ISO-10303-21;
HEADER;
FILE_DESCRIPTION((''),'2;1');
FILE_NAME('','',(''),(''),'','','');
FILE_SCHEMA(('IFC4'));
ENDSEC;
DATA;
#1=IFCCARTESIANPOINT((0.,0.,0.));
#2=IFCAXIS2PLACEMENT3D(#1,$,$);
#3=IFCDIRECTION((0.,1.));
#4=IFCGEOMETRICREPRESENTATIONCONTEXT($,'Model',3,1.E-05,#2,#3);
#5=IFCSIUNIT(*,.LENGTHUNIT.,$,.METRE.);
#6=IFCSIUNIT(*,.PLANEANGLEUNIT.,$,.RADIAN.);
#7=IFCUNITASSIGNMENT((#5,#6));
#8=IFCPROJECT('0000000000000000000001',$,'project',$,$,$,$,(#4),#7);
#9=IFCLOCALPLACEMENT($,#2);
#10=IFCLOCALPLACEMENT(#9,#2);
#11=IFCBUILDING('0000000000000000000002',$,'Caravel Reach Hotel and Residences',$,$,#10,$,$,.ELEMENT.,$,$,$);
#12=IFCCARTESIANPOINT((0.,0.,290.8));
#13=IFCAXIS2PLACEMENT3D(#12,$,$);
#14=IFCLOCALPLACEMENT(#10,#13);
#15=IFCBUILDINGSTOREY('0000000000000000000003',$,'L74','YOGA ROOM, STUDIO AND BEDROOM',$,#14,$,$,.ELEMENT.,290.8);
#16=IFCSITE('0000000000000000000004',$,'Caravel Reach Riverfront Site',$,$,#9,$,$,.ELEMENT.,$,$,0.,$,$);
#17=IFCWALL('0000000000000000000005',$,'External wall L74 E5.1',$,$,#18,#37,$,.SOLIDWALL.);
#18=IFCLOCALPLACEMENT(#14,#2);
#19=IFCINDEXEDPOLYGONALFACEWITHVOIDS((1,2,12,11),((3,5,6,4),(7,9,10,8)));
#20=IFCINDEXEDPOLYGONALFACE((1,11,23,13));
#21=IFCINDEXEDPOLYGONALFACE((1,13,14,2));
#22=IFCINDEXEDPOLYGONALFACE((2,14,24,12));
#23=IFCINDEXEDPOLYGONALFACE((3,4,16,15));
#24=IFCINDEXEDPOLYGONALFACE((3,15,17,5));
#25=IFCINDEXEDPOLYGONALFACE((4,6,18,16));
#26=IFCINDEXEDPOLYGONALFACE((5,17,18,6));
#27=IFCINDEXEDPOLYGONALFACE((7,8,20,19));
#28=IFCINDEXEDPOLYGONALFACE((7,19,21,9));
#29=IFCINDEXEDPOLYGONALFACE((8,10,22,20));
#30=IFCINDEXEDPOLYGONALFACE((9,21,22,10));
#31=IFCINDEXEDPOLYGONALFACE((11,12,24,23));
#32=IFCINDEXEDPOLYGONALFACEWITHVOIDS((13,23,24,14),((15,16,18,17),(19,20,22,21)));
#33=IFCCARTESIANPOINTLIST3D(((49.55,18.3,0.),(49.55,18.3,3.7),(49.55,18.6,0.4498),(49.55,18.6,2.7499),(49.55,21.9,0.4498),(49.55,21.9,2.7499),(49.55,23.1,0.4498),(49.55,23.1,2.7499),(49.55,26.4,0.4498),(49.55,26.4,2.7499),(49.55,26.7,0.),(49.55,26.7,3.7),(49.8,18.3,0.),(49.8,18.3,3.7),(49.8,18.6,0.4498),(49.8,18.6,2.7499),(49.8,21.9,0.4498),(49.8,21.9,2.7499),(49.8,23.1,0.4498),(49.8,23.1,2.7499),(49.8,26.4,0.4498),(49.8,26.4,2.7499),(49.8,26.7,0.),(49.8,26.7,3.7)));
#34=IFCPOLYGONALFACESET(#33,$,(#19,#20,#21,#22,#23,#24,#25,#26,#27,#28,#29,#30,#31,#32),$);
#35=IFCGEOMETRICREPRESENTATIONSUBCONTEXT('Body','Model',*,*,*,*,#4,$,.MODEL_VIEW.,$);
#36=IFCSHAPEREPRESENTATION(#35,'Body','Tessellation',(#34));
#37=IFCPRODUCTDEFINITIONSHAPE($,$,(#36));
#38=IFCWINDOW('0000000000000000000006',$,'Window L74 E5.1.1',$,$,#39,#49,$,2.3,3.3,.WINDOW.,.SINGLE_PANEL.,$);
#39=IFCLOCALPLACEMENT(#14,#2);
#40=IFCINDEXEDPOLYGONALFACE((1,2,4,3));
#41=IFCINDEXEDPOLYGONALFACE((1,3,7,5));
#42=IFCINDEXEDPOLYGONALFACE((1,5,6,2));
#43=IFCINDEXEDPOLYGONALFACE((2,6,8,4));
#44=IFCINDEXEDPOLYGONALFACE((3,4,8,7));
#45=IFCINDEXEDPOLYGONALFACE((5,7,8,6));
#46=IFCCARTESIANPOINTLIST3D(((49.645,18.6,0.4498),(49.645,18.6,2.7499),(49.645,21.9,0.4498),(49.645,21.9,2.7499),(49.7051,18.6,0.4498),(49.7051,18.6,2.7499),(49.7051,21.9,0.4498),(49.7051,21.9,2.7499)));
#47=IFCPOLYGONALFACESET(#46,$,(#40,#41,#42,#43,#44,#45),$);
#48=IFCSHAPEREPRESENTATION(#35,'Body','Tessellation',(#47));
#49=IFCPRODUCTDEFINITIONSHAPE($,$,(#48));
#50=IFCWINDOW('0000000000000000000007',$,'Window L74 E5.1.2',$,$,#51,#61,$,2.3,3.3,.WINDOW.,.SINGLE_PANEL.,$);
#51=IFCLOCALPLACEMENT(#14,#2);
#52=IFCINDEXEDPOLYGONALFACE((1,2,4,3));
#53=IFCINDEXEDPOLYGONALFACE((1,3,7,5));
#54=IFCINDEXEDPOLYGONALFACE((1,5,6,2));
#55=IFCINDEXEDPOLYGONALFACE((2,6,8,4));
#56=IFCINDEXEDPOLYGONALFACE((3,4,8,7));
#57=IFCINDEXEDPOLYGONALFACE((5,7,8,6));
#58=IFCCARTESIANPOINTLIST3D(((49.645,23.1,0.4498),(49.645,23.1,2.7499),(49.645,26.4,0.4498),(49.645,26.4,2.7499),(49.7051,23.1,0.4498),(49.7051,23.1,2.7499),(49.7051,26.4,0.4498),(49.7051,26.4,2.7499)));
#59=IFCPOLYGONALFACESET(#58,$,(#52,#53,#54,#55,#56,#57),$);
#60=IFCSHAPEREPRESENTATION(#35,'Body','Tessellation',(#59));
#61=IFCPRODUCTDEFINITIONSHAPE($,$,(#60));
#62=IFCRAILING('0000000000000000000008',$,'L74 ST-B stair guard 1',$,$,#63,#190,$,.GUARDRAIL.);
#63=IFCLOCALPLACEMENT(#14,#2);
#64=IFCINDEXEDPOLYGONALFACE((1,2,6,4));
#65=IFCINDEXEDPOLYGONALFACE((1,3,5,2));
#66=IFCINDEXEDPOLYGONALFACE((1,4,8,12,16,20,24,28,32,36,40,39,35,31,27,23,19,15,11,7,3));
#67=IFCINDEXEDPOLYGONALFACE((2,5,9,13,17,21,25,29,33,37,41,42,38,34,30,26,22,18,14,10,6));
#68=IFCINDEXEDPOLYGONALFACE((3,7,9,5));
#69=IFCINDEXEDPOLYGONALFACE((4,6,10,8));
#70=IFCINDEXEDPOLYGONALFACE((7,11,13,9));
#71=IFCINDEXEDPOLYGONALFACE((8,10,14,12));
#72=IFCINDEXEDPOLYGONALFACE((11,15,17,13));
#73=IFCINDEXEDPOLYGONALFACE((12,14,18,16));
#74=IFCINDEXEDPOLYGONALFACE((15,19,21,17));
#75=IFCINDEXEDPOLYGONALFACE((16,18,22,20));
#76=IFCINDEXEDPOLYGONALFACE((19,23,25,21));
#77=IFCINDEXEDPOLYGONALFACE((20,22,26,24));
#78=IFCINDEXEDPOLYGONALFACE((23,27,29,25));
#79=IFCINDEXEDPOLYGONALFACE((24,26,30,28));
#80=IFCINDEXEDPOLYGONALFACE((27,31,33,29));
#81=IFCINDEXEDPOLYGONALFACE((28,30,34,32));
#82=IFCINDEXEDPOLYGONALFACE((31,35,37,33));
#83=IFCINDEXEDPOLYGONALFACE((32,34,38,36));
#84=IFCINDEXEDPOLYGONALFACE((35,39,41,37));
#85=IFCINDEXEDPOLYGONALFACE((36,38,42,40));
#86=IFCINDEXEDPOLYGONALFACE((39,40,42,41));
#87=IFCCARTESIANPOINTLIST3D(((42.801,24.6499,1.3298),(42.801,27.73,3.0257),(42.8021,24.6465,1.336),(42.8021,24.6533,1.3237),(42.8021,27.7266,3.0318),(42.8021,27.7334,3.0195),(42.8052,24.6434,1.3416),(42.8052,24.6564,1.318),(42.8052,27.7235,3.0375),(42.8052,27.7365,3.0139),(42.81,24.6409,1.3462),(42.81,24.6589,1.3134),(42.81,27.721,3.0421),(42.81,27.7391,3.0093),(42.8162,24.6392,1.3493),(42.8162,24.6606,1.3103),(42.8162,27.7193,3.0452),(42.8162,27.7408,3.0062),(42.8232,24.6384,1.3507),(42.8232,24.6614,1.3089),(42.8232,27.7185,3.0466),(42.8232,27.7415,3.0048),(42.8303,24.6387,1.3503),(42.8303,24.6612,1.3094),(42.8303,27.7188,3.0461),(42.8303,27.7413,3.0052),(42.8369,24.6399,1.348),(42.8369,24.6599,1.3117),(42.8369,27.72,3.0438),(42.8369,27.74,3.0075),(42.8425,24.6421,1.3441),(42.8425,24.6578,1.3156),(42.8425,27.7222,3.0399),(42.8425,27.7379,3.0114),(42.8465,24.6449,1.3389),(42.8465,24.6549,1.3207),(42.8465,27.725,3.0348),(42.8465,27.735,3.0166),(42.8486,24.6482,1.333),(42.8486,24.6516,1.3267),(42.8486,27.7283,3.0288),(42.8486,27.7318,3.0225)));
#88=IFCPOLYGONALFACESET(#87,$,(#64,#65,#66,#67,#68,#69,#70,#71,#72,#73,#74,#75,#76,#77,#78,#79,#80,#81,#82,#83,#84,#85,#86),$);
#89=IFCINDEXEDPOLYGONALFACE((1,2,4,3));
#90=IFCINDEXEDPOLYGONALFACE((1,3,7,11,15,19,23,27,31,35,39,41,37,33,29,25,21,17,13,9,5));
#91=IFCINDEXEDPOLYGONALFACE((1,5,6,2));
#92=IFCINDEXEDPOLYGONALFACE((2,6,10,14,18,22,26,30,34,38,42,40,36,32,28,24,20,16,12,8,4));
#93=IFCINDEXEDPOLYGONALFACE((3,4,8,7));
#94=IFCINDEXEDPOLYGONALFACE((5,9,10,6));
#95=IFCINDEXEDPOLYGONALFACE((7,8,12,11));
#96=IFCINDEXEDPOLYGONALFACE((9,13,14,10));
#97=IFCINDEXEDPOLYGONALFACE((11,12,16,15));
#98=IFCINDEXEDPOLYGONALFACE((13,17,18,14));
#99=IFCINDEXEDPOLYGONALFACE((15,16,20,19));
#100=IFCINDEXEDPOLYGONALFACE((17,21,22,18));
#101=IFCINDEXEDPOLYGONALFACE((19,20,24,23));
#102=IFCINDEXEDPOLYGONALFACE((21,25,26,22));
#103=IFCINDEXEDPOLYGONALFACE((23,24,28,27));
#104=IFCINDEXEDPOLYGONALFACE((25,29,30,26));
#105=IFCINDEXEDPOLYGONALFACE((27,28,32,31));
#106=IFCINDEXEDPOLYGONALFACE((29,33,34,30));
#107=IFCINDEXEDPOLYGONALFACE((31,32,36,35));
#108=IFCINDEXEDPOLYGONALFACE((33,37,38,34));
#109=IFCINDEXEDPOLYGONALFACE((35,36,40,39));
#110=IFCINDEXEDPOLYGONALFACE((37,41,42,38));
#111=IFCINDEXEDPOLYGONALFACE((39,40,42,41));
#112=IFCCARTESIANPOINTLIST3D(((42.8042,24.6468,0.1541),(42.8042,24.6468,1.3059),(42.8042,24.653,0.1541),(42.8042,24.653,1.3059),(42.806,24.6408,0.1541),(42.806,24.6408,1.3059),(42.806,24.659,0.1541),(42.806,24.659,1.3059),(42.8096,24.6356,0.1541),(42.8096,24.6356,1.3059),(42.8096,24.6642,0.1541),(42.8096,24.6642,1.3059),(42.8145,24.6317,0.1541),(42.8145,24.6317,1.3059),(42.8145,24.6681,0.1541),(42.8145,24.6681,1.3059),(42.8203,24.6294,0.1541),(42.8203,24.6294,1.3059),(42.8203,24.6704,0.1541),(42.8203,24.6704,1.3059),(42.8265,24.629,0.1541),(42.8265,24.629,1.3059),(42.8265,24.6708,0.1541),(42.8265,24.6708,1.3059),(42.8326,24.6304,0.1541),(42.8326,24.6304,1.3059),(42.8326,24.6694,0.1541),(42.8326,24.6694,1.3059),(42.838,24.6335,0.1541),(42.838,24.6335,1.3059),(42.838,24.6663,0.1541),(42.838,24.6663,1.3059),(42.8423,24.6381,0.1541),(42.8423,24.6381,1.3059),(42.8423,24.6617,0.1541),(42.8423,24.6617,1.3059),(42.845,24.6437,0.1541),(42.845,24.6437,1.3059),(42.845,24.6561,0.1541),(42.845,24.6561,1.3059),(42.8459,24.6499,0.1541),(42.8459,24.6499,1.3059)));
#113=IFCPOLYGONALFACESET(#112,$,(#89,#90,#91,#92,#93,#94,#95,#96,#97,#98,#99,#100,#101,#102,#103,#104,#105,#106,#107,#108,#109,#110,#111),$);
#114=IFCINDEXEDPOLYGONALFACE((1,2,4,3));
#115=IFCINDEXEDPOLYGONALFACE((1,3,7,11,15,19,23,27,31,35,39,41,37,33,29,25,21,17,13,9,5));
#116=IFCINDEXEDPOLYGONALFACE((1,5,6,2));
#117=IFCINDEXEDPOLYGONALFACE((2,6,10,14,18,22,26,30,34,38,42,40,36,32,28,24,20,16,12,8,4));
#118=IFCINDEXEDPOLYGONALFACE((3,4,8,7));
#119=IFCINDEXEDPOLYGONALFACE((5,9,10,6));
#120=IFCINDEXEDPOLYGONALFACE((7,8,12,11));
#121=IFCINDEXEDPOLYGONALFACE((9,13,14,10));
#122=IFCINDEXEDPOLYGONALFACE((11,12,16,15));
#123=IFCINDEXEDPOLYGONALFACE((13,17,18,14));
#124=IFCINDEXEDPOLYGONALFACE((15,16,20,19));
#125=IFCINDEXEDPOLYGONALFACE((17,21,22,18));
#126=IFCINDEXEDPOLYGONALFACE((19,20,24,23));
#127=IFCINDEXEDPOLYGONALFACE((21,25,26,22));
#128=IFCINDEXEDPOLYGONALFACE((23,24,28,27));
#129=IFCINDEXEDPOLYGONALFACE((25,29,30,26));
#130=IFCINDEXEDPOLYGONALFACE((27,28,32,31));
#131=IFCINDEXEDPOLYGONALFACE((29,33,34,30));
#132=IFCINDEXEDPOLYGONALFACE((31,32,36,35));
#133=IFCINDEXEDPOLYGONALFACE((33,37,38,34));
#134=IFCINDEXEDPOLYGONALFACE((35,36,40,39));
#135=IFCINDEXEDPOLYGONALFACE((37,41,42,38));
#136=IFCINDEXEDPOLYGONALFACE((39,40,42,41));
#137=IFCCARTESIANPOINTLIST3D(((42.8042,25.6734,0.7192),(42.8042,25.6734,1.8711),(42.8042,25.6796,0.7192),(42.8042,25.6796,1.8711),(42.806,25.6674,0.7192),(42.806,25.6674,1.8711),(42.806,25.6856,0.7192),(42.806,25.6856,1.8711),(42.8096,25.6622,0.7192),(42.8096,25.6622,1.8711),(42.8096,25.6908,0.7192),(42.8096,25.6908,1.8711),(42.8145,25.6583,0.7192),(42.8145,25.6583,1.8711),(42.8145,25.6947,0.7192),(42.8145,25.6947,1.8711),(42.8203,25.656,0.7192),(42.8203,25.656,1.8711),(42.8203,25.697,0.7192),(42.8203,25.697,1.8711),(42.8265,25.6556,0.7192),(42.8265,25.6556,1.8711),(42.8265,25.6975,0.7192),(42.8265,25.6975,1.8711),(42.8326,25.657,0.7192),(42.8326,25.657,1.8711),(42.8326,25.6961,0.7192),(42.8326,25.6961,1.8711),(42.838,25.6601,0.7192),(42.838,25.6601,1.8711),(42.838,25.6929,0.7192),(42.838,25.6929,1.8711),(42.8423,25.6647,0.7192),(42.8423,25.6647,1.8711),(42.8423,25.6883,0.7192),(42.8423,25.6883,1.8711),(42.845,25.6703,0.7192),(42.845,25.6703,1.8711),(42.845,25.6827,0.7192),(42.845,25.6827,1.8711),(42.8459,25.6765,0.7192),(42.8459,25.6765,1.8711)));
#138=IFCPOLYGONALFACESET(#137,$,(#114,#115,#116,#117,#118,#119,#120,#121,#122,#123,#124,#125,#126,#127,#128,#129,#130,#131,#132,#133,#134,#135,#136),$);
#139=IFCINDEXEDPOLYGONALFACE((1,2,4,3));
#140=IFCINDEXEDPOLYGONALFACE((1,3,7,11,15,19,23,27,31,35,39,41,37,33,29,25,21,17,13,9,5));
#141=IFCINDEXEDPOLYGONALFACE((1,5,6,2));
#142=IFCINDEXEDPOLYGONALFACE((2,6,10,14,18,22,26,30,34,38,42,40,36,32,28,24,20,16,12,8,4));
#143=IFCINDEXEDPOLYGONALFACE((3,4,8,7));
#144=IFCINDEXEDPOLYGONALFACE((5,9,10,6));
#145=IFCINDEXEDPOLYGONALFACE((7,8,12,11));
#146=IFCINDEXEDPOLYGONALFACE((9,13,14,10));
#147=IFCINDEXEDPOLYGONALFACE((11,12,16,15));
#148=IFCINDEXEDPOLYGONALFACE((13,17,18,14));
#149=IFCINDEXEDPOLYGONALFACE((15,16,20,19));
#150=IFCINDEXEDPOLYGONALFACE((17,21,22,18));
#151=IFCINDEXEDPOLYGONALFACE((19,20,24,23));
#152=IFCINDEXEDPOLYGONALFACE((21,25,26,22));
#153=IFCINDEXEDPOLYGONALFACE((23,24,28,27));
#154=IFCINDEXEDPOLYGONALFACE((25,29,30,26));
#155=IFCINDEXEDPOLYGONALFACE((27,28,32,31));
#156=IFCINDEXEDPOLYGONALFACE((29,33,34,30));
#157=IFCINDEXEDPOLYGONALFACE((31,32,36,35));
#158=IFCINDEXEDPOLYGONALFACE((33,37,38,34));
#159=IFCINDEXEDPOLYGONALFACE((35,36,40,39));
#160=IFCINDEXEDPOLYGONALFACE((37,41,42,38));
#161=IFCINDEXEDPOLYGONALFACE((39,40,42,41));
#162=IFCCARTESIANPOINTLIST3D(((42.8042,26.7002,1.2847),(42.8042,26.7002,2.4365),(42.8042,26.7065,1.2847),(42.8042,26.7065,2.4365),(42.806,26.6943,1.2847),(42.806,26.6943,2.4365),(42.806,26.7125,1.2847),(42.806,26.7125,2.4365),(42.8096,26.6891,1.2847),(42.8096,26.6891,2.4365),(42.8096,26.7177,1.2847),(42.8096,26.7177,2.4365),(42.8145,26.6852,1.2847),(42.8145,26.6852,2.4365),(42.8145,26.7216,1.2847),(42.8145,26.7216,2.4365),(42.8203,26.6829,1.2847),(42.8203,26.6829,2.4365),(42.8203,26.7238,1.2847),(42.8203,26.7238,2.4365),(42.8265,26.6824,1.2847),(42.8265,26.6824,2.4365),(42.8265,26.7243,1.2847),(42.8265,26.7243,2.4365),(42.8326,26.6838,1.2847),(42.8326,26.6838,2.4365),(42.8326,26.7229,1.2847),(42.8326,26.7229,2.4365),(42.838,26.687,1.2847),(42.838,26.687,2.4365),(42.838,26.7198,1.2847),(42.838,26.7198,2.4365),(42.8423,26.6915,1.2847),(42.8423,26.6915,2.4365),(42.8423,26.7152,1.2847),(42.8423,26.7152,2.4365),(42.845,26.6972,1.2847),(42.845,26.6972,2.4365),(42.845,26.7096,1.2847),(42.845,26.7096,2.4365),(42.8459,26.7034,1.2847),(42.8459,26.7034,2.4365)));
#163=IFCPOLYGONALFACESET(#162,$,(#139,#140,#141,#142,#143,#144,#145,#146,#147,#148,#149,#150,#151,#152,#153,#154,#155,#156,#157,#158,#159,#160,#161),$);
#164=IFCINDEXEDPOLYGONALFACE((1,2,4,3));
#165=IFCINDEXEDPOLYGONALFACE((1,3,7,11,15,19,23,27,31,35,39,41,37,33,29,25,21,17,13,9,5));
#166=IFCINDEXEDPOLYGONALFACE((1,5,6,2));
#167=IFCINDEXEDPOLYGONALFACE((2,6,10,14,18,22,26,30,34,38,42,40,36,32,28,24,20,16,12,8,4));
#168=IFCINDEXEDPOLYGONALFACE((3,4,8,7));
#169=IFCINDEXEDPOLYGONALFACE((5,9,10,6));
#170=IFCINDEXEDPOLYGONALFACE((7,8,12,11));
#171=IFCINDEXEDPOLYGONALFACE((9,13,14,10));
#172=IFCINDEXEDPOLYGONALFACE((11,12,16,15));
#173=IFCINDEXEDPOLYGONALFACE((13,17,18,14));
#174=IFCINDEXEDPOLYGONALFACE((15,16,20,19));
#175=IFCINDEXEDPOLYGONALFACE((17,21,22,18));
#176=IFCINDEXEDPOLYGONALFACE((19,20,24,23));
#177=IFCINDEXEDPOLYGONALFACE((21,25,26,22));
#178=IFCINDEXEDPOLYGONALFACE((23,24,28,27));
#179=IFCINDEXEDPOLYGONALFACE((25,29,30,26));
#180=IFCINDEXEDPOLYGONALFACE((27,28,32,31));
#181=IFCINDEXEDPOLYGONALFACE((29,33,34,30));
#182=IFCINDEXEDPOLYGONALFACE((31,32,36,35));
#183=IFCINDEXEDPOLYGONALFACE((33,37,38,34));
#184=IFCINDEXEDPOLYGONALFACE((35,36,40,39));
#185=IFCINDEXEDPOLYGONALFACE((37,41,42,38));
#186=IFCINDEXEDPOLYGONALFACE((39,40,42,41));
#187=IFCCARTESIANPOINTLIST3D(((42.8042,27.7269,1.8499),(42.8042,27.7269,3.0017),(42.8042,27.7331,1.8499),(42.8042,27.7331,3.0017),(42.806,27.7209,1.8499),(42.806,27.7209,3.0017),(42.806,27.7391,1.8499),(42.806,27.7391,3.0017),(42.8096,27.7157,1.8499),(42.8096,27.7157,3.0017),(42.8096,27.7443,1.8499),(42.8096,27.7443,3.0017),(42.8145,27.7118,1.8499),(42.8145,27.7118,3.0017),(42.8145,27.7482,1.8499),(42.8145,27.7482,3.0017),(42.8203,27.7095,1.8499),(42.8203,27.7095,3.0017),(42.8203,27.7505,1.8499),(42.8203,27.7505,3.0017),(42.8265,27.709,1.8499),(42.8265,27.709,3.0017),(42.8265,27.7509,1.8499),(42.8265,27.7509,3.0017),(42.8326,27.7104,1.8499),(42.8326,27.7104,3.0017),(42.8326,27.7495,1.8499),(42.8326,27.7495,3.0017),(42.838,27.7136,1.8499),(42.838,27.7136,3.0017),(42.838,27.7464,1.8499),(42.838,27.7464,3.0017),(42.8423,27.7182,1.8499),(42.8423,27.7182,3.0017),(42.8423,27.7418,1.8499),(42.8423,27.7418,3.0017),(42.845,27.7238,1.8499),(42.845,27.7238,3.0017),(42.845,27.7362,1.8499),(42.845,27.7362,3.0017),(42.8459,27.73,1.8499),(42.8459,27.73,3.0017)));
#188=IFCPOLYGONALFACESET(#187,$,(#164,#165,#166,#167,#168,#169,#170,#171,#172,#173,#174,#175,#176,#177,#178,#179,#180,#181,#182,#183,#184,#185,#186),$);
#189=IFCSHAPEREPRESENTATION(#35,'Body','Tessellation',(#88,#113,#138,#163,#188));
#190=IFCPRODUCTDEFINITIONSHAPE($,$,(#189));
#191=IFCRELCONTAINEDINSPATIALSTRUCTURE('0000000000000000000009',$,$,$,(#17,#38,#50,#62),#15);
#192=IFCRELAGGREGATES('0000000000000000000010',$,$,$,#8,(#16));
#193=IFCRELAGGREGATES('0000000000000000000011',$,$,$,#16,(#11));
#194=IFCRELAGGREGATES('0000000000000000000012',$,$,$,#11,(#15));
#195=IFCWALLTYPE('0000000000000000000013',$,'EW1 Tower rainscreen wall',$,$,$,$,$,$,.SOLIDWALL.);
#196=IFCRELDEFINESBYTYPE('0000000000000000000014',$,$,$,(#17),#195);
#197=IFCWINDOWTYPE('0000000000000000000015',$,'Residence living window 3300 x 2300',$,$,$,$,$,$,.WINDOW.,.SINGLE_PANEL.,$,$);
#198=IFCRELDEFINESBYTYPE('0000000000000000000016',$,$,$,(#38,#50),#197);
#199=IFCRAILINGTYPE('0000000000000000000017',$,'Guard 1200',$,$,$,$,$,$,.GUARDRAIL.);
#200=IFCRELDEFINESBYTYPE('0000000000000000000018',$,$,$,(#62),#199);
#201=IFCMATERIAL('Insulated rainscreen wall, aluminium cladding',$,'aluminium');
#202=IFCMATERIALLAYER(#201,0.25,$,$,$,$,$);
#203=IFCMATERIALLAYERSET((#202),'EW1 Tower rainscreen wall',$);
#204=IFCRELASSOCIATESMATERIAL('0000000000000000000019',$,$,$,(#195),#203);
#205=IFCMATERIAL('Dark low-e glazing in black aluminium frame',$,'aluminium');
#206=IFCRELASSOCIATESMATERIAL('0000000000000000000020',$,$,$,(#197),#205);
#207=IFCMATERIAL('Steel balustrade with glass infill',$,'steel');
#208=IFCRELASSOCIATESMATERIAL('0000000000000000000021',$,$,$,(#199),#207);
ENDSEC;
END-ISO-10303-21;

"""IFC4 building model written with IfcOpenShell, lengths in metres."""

from ifc_helpers import new_model, si_unit, direction, frame, frame_2d, origin, origin_2d, place, context, subcontext, project, spatial, rectangle, circle, extrude, material, layer, layer_set, type_object, element, fill, save


model = new_model("IFC4")

# Units and contexts
model_context = context("Model", 3, precision=1e-05, world=origin(), true_north=direction((0.0, 1.0)))
body_context = subcontext(model_context, "Body", "Model", "MODEL_VIEW")
ifc_project = project(units=[si_unit("LENGTHUNIT", "METRE"), si_unit("PLANEANGLEUNIT", "RADIAN")], contexts=[model_context])

# Site, building, storey
site_placement = place(None, origin())
site = spatial("IfcSite", under=ifc_project, at=site_placement, Name="Caravel Reach Riverfront Site", CompositionType="ELEMENT", RefElevation=0.0)
building_placement = place(site_placement, origin())
building = spatial("IfcBuilding", under=site, at=building_placement, Name="Caravel Reach Hotel and Residences", CompositionType="ELEMENT")
storey_placement = place(building_placement, frame((0.0, 0.0, 290.8)))
storey = spatial("IfcBuildingStorey", under=building, at=storey_placement, Name="L74", Description="YOGA ROOM, STUDIO AND BEDROOM", CompositionType="ELEMENT", Elevation=290.8)

# Shared definitions
ifc_material_1 = material(Name="Insulated rainscreen wall, aluminium cladding", Category="aluminium")
ifc_layer_1 = layer(ifc_material_1, 0.25)
ifc_layer_set_1 = layer_set([ifc_layer_1], Name="EW1 Tower rainscreen wall")
wall_type_1 = type_object("IfcWallType", Name="EW1 Tower rainscreen wall", PredefinedType="SOLIDWALL", material=ifc_layer_set_1)

# Wall, openings, windows
wall_1_placement = place(storey_placement, frame((49.675, 18.3, 0.0), z_axis=(0.0, 0.0, 1.0), x_axis=(0.0, 1.0, 0.0)))
wall_1 = element("IfcWall", 1, at=wall_1_placement, inside=storey, type_object=wall_type_1, Name="External wall L74 E5.1", PredefinedType="SOLIDWALL", context=body_context, shape_type="SweptSolid", body=[
    extrude(rectangle(XDim=8.3999, YDim=0.25, at=frame_2d((4.2, 0.0))), origin(), (0.0, 0.0, 1.0), 3.7),
])
opening_1_placement = place(wall_1_placement, frame((0.3, 0.0, 0.45)))
opening_1 = element("IfcOpeningElement", 2, at=opening_1_placement, cuts=wall_1, PredefinedType="OPENING", context=body_context, shape_type="SweptSolid", body=[
    extrude(rectangle(XDim=3.3, YDim=2.3, at=frame_2d((1.6499, 1.1499))), frame((0.0, 0.135, 0.0), z_axis=(0.0, -1.0, 0.0), x_axis=(1.0, 0.0, 0.0)), (0.0, 0.0, 1.0), 0.27),
])
opening_2_placement = place(wall_1_placement, frame((4.8, 0.0, 0.45)))
opening_2 = element("IfcOpeningElement", 3, at=opening_2_placement, cuts=wall_1, PredefinedType="OPENING", context=body_context, shape_type="SweptSolid", body=[
    extrude(rectangle(XDim=3.3, YDim=2.3, at=frame_2d((1.6499, 1.1499))), frame((0.0, 0.135, 0.0), z_axis=(0.0, -1.0, 0.0), x_axis=(1.0, 0.0, 0.0)), (0.0, 0.0, 1.0), 0.27),
])
ifc_material_2 = material(Name="Dark low-e glazing in black aluminium frame", Category="aluminium")
window_type_1 = type_object("IfcWindowType", Name="Residence living window 3300 x 2300", PartitioningType="SINGLE_PANEL", PredefinedType="WINDOW", material=ifc_material_2)
window_1_placement = place(opening_1_placement, origin())
window_1 = element("IfcWindow", 4, at=window_1_placement, inside=storey, type_object=window_type_1, Name="Window L74 E5.1.1", OverallHeight=2.3, OverallWidth=3.3, PartitioningType="SINGLE_PANEL", PredefinedType="WINDOW", context=body_context, shape_type="SweptSolid", body=[
    extrude(rectangle(XDim=3.3, YDim=2.3, at=frame_2d((1.6499, 1.1499))), frame((0.0, 0.03, 0.0), z_axis=(0.0, -1.0, 0.0), x_axis=(1.0, 0.0, 0.0)), (0.0, 0.0, 1.0), 0.0601),
])
fill(opening_1, window_1)
window_2_placement = place(opening_2_placement, origin())
window_2 = element("IfcWindow", 5, at=window_2_placement, inside=storey, type_object=window_type_1, Name="Window L74 E5.1.2", OverallHeight=2.3, OverallWidth=3.3, PartitioningType="SINGLE_PANEL", PredefinedType="WINDOW", context=body_context, shape_type="SweptSolid", body=[
    extrude(rectangle(XDim=3.3, YDim=2.3, at=frame_2d((1.6499, 1.1499))), frame((0.0, 0.03, 0.0), z_axis=(0.0, -1.0, 0.0), x_axis=(1.0, 0.0, 0.0)), (0.0, 0.0, 1.0), 0.0601),
])
fill(opening_2, window_2)

# Railing
ifc_material_3 = material(Name="Steel balustrade with glass infill", Category="steel")
railing_type = type_object("IfcRailingType", Name="Guard 1200", PredefinedType="GUARDRAIL", material=ifc_material_3)
railing_placement = place(storey_placement, frame((42.825, 24.6499, 0.1541)))
element("IfcRailing", 6, at=railing_placement, inside=storey, type_object=railing_type, Name="L74 ST-B stair guard 1", PredefinedType="GUARDRAIL", context=body_context, shape_type="SweptSolid", body=[
    extrude(circle(Radius=0.0239, at=origin_2d()), frame((0.0, 0.0, 1.1758), z_axis=(0.0, 0.876005, 0.482303), x_axis=(-1.0, 0.0, 0.0)), (0.0, 0.0, 1.0), 3.5161),
    extrude(circle(Radius=0.021, at=origin_2d()), origin(), (0.0, 0.0, 1.0), 1.1519),
    extrude(circle(Radius=0.021, at=origin_2d()), frame((0.0, 1.0266, 0.5652)), (0.0, 0.0, 1.0), 1.1519),
    extrude(circle(Radius=0.021, at=origin_2d()), frame((0.0, 2.0535, 1.1306)), (0.0, 0.0, 1.0), 1.1519),
    extrude(circle(Radius=0.021, at=origin_2d()), frame((0.0, 3.0801, 1.6958)), (0.0, 0.0, 1.0), 1.1519),
])

save(model, "model.ifc")
